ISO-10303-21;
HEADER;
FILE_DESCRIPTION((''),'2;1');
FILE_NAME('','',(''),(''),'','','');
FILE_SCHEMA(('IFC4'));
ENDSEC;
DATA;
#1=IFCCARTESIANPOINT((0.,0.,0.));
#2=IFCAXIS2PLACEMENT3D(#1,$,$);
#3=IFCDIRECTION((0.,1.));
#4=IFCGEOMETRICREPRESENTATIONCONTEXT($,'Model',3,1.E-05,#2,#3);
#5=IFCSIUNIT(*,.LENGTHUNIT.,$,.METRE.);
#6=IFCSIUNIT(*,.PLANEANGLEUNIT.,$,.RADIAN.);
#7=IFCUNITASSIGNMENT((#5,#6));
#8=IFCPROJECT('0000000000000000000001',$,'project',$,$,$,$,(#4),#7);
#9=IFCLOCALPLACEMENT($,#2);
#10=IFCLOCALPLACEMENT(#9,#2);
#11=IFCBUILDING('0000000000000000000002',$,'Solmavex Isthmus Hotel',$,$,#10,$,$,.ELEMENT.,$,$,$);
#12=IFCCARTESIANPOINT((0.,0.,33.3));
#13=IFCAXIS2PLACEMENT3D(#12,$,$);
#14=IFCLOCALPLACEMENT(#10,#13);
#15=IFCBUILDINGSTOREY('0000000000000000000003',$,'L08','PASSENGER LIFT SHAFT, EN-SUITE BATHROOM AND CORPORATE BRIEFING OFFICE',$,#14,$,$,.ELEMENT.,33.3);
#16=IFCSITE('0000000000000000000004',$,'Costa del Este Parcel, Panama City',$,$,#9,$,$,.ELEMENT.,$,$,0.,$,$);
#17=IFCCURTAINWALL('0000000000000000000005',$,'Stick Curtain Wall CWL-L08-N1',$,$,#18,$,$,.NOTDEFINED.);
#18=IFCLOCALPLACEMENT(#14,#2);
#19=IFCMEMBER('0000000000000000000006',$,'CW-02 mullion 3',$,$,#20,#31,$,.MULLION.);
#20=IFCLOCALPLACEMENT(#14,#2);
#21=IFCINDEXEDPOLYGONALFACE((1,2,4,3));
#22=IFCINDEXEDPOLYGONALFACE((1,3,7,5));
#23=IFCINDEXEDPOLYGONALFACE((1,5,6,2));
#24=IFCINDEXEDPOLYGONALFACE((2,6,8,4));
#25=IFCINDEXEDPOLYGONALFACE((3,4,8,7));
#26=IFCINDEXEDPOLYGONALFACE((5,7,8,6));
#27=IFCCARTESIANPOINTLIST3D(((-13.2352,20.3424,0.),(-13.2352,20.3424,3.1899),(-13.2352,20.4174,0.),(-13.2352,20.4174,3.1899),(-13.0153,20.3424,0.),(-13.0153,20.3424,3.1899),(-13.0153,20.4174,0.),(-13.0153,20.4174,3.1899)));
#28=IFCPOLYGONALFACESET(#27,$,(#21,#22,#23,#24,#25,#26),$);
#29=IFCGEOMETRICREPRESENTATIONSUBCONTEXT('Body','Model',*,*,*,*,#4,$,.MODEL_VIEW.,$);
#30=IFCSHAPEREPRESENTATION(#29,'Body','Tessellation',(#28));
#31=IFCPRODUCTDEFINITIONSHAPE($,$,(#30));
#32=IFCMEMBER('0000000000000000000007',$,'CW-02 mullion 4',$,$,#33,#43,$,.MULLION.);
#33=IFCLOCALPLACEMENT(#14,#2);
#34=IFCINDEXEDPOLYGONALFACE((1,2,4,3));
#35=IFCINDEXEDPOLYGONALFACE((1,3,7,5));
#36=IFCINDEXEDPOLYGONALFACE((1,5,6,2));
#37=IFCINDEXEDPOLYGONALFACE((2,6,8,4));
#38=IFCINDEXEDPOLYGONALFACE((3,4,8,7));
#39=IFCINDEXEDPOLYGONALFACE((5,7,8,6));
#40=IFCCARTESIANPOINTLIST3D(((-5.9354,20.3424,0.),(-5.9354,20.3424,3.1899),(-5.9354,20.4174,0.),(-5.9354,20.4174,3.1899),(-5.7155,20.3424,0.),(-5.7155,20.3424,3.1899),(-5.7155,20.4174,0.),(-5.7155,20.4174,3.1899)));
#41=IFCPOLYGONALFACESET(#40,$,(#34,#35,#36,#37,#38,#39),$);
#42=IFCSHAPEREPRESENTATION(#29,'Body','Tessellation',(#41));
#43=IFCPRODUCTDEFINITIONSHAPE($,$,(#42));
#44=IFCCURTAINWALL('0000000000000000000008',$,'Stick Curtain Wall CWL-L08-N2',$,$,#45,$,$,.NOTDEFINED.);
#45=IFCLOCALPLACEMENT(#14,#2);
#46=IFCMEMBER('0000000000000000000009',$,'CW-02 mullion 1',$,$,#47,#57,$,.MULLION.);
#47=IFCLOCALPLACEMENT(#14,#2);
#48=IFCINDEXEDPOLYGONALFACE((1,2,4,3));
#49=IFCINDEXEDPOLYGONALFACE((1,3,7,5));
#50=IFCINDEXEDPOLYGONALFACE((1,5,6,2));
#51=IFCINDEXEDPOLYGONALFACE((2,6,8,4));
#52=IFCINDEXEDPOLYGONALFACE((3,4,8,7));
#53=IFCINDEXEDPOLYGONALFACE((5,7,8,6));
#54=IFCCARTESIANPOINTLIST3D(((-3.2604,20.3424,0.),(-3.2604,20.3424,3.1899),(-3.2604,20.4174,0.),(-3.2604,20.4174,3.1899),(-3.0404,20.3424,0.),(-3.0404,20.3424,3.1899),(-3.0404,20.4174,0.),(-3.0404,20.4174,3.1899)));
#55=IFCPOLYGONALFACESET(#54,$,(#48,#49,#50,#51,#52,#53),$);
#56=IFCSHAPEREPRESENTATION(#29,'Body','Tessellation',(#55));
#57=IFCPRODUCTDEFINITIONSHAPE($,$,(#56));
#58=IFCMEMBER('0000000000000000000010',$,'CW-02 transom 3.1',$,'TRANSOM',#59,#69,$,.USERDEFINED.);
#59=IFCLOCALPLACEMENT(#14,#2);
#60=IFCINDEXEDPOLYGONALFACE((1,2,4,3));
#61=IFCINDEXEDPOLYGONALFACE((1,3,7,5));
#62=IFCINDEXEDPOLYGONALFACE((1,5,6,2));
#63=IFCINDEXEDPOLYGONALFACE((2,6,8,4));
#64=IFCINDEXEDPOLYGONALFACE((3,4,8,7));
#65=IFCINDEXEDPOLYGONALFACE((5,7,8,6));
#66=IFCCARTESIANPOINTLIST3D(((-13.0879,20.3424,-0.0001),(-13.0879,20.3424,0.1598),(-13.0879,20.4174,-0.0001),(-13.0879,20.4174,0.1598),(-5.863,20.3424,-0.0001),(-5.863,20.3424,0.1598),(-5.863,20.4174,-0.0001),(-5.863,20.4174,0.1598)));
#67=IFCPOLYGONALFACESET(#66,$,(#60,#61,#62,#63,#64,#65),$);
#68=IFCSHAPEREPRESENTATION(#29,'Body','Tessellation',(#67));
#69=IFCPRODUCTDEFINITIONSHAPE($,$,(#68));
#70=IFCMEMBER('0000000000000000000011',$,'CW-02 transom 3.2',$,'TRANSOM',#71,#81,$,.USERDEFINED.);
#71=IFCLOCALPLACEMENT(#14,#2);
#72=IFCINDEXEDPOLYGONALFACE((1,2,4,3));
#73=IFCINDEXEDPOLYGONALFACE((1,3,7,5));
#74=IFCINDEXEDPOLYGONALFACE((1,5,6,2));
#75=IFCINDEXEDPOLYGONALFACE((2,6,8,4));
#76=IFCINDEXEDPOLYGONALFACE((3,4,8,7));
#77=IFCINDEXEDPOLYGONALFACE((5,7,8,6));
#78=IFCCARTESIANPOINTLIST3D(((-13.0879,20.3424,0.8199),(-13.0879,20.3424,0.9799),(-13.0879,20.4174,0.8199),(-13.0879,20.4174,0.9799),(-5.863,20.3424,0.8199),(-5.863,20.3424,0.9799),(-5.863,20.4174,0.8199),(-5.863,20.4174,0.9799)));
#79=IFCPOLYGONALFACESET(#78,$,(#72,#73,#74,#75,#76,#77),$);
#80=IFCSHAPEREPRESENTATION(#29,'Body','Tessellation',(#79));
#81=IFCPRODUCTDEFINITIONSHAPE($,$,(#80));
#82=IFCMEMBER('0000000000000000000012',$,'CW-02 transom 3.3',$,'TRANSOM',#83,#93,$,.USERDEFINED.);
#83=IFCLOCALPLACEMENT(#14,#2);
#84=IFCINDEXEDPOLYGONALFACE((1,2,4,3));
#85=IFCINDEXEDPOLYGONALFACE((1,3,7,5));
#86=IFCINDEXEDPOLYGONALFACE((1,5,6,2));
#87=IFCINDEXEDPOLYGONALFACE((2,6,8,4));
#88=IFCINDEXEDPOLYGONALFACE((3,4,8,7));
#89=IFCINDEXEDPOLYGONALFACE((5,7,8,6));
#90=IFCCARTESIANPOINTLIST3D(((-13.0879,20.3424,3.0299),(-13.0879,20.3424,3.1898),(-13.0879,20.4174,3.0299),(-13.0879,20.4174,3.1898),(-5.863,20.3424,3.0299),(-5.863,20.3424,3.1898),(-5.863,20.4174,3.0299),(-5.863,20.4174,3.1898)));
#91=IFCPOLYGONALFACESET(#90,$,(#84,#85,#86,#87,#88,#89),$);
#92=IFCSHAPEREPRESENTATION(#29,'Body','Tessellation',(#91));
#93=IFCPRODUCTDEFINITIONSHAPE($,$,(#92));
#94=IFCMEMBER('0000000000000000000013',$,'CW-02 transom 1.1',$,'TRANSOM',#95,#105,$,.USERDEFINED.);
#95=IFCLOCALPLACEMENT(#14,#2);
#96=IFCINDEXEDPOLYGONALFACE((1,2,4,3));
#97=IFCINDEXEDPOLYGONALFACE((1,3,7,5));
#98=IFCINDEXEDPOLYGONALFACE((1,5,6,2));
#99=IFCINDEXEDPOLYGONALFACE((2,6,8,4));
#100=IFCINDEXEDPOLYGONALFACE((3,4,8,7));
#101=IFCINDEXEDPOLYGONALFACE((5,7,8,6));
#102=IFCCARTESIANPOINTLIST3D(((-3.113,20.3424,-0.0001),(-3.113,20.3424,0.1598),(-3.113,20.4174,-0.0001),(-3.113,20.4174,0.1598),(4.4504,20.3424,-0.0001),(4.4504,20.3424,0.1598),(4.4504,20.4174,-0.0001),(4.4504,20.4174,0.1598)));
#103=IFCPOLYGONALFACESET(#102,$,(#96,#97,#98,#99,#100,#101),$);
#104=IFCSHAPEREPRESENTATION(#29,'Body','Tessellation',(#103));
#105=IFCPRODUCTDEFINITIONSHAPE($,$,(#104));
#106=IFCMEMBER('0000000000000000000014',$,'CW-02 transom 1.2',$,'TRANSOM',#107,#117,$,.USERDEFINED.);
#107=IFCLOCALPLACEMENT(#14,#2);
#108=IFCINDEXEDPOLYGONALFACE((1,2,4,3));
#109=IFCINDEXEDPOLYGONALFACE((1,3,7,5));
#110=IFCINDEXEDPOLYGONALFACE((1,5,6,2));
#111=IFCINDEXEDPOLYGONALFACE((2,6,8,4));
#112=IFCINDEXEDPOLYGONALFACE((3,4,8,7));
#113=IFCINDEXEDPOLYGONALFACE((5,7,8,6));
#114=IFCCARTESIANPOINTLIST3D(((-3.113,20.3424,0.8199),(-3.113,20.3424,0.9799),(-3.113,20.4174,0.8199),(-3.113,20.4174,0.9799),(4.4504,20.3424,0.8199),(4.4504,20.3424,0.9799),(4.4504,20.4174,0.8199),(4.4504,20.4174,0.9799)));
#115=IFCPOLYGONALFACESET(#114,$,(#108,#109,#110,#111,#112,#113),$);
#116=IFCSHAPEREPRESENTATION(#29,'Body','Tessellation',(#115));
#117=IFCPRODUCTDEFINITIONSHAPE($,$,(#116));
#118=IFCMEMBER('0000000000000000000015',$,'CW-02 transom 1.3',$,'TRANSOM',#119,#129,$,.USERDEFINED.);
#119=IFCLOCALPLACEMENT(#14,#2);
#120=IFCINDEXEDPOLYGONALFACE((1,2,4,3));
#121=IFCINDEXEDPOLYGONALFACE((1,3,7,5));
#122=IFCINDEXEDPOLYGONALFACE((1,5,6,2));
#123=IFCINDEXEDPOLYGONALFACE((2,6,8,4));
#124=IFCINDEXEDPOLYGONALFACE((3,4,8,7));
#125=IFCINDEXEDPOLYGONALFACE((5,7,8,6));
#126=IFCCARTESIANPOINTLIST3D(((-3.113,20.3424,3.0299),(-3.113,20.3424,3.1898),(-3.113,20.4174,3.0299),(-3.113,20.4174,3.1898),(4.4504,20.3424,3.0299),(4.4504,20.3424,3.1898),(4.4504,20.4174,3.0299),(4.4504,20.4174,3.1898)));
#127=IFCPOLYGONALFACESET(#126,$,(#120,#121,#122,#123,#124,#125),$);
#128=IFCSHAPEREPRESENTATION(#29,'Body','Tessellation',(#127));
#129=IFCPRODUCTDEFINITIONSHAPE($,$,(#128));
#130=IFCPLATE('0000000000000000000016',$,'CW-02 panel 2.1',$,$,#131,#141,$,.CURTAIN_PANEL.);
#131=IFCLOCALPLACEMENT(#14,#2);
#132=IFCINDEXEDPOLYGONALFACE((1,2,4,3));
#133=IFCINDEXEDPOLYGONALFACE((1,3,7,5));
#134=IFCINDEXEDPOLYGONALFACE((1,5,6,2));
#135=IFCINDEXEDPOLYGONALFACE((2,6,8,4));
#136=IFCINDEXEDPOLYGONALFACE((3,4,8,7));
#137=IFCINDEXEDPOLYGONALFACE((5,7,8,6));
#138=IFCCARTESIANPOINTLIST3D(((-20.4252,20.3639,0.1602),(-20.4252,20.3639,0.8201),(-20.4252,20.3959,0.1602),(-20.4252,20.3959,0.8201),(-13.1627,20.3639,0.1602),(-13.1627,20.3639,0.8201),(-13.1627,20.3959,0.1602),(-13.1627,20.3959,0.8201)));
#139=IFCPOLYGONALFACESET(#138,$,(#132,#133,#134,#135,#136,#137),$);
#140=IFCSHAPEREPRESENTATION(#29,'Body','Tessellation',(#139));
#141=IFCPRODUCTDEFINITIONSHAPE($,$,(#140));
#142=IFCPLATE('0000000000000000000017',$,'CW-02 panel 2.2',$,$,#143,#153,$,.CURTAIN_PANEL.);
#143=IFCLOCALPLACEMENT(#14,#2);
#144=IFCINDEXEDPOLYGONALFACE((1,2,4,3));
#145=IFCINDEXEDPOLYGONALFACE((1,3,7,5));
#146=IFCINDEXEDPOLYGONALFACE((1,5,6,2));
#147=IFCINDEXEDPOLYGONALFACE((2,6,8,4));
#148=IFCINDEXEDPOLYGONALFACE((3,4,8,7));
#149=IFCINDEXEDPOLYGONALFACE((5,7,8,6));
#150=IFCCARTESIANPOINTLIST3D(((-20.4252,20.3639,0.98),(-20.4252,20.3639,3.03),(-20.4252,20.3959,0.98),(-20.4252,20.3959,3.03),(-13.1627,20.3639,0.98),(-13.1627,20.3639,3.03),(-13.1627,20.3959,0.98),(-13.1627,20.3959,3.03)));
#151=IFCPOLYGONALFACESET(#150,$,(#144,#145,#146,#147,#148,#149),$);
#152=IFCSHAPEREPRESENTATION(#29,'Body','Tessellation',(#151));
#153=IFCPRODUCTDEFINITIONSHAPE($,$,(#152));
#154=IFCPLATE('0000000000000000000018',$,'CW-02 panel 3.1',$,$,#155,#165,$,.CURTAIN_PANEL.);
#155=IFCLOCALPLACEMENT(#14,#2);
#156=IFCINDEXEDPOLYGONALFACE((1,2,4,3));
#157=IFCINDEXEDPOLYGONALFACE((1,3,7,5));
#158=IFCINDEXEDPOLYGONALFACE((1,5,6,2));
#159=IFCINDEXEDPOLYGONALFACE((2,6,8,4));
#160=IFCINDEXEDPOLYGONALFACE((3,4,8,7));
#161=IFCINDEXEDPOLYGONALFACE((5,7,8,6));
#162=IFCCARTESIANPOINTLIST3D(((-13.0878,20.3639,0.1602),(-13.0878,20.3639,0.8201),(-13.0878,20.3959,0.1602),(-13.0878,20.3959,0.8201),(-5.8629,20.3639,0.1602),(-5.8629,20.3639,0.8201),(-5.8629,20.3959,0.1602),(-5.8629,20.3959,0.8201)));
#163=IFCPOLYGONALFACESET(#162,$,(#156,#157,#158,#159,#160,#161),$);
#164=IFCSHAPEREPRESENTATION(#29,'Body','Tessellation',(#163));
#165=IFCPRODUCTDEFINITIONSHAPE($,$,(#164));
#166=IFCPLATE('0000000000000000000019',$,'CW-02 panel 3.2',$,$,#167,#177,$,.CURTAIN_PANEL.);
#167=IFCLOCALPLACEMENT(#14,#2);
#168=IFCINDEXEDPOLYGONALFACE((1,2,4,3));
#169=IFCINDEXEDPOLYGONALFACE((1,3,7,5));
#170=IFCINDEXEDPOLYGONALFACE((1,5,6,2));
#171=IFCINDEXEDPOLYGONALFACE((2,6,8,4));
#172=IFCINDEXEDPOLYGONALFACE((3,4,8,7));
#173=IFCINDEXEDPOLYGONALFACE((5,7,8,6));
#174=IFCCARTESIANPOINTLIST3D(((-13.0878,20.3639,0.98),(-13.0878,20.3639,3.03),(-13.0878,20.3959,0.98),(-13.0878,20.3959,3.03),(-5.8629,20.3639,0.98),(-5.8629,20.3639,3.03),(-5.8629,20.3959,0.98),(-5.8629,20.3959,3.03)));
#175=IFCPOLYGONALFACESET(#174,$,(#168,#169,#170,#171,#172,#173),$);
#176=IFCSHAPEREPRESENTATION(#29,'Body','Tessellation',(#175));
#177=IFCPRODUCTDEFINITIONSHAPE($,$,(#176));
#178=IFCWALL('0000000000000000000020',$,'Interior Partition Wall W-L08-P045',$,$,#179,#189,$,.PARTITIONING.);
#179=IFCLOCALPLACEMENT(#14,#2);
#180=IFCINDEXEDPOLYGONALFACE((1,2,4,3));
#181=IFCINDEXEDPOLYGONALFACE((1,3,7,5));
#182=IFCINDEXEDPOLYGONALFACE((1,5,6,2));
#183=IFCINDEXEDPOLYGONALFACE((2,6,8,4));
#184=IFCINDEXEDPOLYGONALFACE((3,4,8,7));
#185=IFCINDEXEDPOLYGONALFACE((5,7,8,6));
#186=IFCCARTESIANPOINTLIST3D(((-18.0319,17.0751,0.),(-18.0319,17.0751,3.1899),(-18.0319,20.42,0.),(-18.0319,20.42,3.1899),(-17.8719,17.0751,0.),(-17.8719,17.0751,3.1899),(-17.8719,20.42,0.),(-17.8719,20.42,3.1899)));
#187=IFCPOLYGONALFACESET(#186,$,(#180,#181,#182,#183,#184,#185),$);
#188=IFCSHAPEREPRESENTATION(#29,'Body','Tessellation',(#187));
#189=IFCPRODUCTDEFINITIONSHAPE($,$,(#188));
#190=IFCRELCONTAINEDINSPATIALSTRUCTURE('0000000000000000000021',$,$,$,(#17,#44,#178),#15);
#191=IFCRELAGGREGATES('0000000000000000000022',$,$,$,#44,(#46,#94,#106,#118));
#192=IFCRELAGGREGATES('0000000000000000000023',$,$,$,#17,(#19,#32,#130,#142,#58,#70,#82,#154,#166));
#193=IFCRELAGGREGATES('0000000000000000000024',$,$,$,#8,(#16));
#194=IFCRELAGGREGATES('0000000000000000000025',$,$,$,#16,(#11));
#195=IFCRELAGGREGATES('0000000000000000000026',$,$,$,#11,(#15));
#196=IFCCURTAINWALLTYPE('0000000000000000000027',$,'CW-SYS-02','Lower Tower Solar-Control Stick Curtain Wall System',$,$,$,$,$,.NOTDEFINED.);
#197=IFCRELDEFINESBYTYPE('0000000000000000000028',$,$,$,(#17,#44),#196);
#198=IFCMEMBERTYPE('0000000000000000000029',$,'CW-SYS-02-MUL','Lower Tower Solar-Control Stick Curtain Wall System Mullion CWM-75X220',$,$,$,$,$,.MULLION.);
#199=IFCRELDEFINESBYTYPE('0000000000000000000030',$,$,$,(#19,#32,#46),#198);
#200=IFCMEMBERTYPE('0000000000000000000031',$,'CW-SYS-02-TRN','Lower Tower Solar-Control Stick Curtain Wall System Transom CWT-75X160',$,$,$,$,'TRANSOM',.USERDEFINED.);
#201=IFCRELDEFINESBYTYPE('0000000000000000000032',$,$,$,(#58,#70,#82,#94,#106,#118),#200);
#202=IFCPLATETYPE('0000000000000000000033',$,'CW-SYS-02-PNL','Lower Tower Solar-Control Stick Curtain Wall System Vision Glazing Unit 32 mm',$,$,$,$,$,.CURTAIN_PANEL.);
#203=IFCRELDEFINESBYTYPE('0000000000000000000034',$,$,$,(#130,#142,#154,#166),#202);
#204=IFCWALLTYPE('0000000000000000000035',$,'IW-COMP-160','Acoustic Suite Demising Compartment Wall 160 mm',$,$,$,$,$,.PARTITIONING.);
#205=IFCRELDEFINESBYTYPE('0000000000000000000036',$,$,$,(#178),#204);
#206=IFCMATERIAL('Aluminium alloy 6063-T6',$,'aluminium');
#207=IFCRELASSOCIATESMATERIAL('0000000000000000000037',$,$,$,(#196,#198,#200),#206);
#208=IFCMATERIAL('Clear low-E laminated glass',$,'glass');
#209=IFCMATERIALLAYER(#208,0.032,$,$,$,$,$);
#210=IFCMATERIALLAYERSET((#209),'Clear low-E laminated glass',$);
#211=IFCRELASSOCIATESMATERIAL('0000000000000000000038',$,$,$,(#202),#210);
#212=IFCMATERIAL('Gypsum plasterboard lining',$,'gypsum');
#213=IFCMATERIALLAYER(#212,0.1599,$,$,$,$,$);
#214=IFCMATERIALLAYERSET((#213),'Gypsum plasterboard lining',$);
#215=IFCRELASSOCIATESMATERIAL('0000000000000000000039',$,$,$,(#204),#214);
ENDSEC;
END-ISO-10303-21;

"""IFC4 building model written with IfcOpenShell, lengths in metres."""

from ifc_helpers import new_model, si_unit, direction, frame, frame_2d, origin, origin_2d, place, context, subcontext, project, spatial, rectangle, extrude, material, layer, layer_set, material_profile, profile_set, type_object, element, aggregate, save


model = new_model("IFC4")

# Units and contexts
model_context = context("Model", 3, precision=1e-05, world=origin(), true_north=direction((0.0, 1.0)))
body_context = subcontext(model_context, "Body", "Model", "MODEL_VIEW")
ifc_project = project(units=[si_unit("LENGTHUNIT", "METRE"), si_unit("PLANEANGLEUNIT", "RADIAN")], contexts=[model_context])

# Site, building, storey
site_placement = place(None, origin())
site = spatial("IfcSite", under=ifc_project, at=site_placement, Name="Costa del Este Parcel, Panama City", CompositionType="ELEMENT", RefElevation=0.0)
building_placement = place(site_placement, origin())
building = spatial("IfcBuilding", under=site, at=building_placement, Name="Solmavex Isthmus Hotel", CompositionType="ELEMENT")
storey_placement = place(building_placement, frame((0.0, 0.0, 33.3)))
storey = spatial("IfcBuildingStorey", under=building, at=storey_placement, Name="L08", Description="PASSENGER LIFT SHAFT, EN-SUITE BATHROOM AND CORPORATE BRIEFING OFFICE", CompositionType="ELEMENT", Elevation=33.3)

# Curtain wall, members
ifc_material_1 = material(Name="Aluminium alloy 6063-T6", Category="aluminium")
curtain_wall_type = type_object("IfcCurtainWallType", Name="CW-SYS-02", Description="Lower Tower Solar-Control Stick Curtain Wall System", PredefinedType="NOTDEFINED", material=ifc_material_1)
curtain_wall_1_placement = place(storey_placement, origin())
curtain_wall_1 = element("IfcCurtainWall", 1, at=curtain_wall_1_placement, inside=storey, type_object=curtain_wall_type, Name="Stick Curtain Wall CWL-L08-N1", PredefinedType="NOTDEFINED")
ifc_material_profile_1 = material_profile(ifc_material_1, rectangle(XDim=0.075, YDim=0.22, at=origin_2d()), Name="CWM-75X220")
ifc_profile_set_1 = profile_set([ifc_material_profile_1], Name="Aluminium alloy 6063-T6")
member_type_1 = type_object("IfcMemberType", Name="CW-SYS-02-MUL", Description="Lower Tower Solar-Control Stick Curtain Wall System Mullion CWM-75X220", PredefinedType="MULLION", material=ifc_profile_set_1)
member_1_placement = place(storey_placement, frame((-13.1252, 20.3799, 0.0), z_axis=(0.0, 0.0, 1.0), x_axis=(0.0, 1.0, 0.0)))
member_1 = element("IfcMember", 2, at=member_1_placement, type_object=member_type_1, Name="CW-02 mullion 3", PredefinedType="MULLION", context=body_context, shape_type="SweptSolid", body=[
    extrude(rectangle(XDim=0.075, YDim=0.22, at=origin_2d()), origin(), (0.0, 0.0, 1.0), 3.1899),
])
member_2_placement = place(storey_placement, frame((-5.8254, 20.3799, 0.0), z_axis=(0.0, 0.0, 1.0), x_axis=(0.0, 1.0, 0.0)))
member_2 = element("IfcMember", 3, at=member_2_placement, type_object=member_type_1, Name="CW-02 mullion 4", PredefinedType="MULLION", context=body_context, shape_type="SweptSolid", body=[
    extrude(rectangle(XDim=0.075, YDim=0.22, at=origin_2d()), origin(), (0.0, 0.0, 1.0), 3.1899),
])

# Curtain wall, member
curtain_wall_2_placement = place(storey_placement, origin())
curtain_wall_2 = element("IfcCurtainWall", 4, at=curtain_wall_2_placement, inside=storey, type_object=curtain_wall_type, Name="Stick Curtain Wall CWL-L08-N2", PredefinedType="NOTDEFINED")
member_3_placement = place(storey_placement, frame((-3.1504, 20.3799, 0.0), z_axis=(0.0, 0.0, 1.0), x_axis=(0.0, 1.0, 0.0)))
member_3 = element("IfcMember", 5, at=member_3_placement, type_object=member_type_1, Name="CW-02 mullion 1", PredefinedType="MULLION", context=body_context, shape_type="SweptSolid", body=[
    extrude(rectangle(XDim=0.075, YDim=0.22, at=origin_2d()), origin(), (0.0, 0.0, 1.0), 3.1899),
])

# Members
ifc_material_profile_2 = material_profile(ifc_material_1, rectangle(XDim=0.075, YDim=0.1599, at=origin_2d()), Name="CWT-75X160")
ifc_profile_set_2 = profile_set([ifc_material_profile_2], Name="Aluminium alloy 6063-T6")
member_type_2 = type_object("IfcMemberType", Name="CW-SYS-02-TRN", Description="Lower Tower Solar-Control Stick Curtain Wall System Transom CWT-75X160", ElementType="TRANSOM", PredefinedType="USERDEFINED", material=ifc_profile_set_2)
member_4_placement = place(storey_placement, frame((-13.0879, 20.3799, 0.0798), z_axis=(1.0, 0.0, 0.0), x_axis=(0.0, 1.0, 0.0)))
member_4 = element("IfcMember", 6, at=member_4_placement, type_object=member_type_2, Name="CW-02 transom 3.1", ObjectType="TRANSOM", PredefinedType="USERDEFINED", context=body_context, shape_type="SweptSolid", body=[
    extrude(rectangle(XDim=0.075, YDim=0.1599, at=origin_2d()), origin(), (0.0, 0.0, 1.0), 7.2249),
])
member_5_placement = place(storey_placement, frame((-13.0879, 20.3799, 0.8999), z_axis=(1.0, 0.0, 0.0), x_axis=(0.0, 1.0, 0.0)))
member_5 = element("IfcMember", 7, at=member_5_placement, type_object=member_type_2, Name="CW-02 transom 3.2", ObjectType="TRANSOM", PredefinedType="USERDEFINED", context=body_context, shape_type="SweptSolid", body=[
    extrude(rectangle(XDim=0.075, YDim=0.1599, at=origin_2d()), origin(), (0.0, 0.0, 1.0), 7.2249),
])
member_6_placement = place(storey_placement, frame((-13.0879, 20.3799, 3.1099), z_axis=(1.0, 0.0, 0.0), x_axis=(0.0, 1.0, 0.0)))
member_6 = element("IfcMember", 8, at=member_6_placement, type_object=member_type_2, Name="CW-02 transom 3.3", ObjectType="TRANSOM", PredefinedType="USERDEFINED", context=body_context, shape_type="SweptSolid", body=[
    extrude(rectangle(XDim=0.075, YDim=0.1599, at=origin_2d()), origin(), (0.0, 0.0, 1.0), 7.2249),
])
member_7_placement = place(storey_placement, frame((-3.113, 20.3799, 0.0798), z_axis=(1.0, 0.0, 0.0), x_axis=(0.0, 1.0, 0.0)))
member_7 = element("IfcMember", 9, at=member_7_placement, type_object=member_type_2, Name="CW-02 transom 1.1", ObjectType="TRANSOM", PredefinedType="USERDEFINED", context=body_context, shape_type="SweptSolid", body=[
    extrude(rectangle(XDim=0.075, YDim=0.1599, at=origin_2d()), origin(), (0.0, 0.0, 1.0), 7.5635),
])
member_8_placement = place(storey_placement, frame((-3.113, 20.3799, 0.8999), z_axis=(1.0, 0.0, 0.0), x_axis=(0.0, 1.0, 0.0)))
member_8 = element("IfcMember", 10, at=member_8_placement, type_object=member_type_2, Name="CW-02 transom 1.2", ObjectType="TRANSOM", PredefinedType="USERDEFINED", context=body_context, shape_type="SweptSolid", body=[
    extrude(rectangle(XDim=0.075, YDim=0.1599, at=origin_2d()), origin(), (0.0, 0.0, 1.0), 7.5635),
])
member_9_placement = place(storey_placement, frame((-3.113, 20.3799, 3.1099), z_axis=(1.0, 0.0, 0.0), x_axis=(0.0, 1.0, 0.0)))
member_9 = element("IfcMember", 11, at=member_9_placement, type_object=member_type_2, Name="CW-02 transom 1.3", ObjectType="TRANSOM", PredefinedType="USERDEFINED", context=body_context, shape_type="SweptSolid", body=[
    extrude(rectangle(XDim=0.075, YDim=0.1599, at=origin_2d()), origin(), (0.0, 0.0, 1.0), 7.5635),
])
aggregate(curtain_wall_2, [member_3, member_7, member_8, member_9])

# Plates
ifc_material_2 = material(Name="Clear low-E laminated glass", Category="glass")
ifc_layer_1 = layer(ifc_material_2, 0.032)
ifc_layer_set_1 = layer_set([ifc_layer_1], Name="Clear low-E laminated glass")
plate_type = type_object("IfcPlateType", Name="CW-SYS-02-PNL", Description="Lower Tower Solar-Control Stick Curtain Wall System Vision Glazing Unit 32 mm", PredefinedType="CURTAIN_PANEL", material=ifc_layer_set_1)
plate_1_placement = place(storey_placement, frame((-16.7939, 20.3799, 0.1602), z_axis=(0.0, 0.0, 1.0), x_axis=(1.0, 0.0, 0.0)))
plate_1 = element("IfcPlate", 12, at=plate_1_placement, type_object=plate_type, Name="CW-02 panel 2.1", PredefinedType="CURTAIN_PANEL", context=body_context, shape_type="SweptSolid", body=[
    extrude(rectangle(XDim=7.2625, YDim=0.032, at=origin_2d()), origin(), (0.0, 0.0, 1.0), 0.6599),
])
plate_2_placement = place(storey_placement, frame((-16.7939, 20.3799, 0.98), z_axis=(0.0, 0.0, 1.0), x_axis=(1.0, 0.0, 0.0)))
plate_2 = element("IfcPlate", 13, at=plate_2_placement, type_object=plate_type, Name="CW-02 panel 2.2", PredefinedType="CURTAIN_PANEL", context=body_context, shape_type="SweptSolid", body=[
    extrude(rectangle(XDim=7.2625, YDim=0.032, at=origin_2d()), origin(), (0.0, 0.0, 1.0), 2.05),
])
plate_3_placement = place(storey_placement, frame((-9.4753, 20.3799, 0.1602), z_axis=(0.0, 0.0, 1.0), x_axis=(1.0, 0.0, 0.0)))
plate_3 = element("IfcPlate", 14, at=plate_3_placement, type_object=plate_type, Name="CW-02 panel 3.1", PredefinedType="CURTAIN_PANEL", context=body_context, shape_type="SweptSolid", body=[
    extrude(rectangle(XDim=7.2249, YDim=0.032, at=origin_2d()), origin(), (0.0, 0.0, 1.0), 0.6599),
])
plate_4_placement = place(storey_placement, frame((-9.4753, 20.3799, 0.98), z_axis=(0.0, 0.0, 1.0), x_axis=(1.0, 0.0, 0.0)))
plate_4 = element("IfcPlate", 15, at=plate_4_placement, type_object=plate_type, Name="CW-02 panel 3.2", PredefinedType="CURTAIN_PANEL", context=body_context, shape_type="SweptSolid", body=[
    extrude(rectangle(XDim=7.2249, YDim=0.032, at=origin_2d()), origin(), (0.0, 0.0, 1.0), 2.05),
])
aggregate(curtain_wall_1, [member_1, member_2, plate_1, plate_2, member_4, member_5, member_6, plate_3, plate_4])

# Wall
ifc_material_3 = material(Name="Gypsum plasterboard lining", Category="gypsum")
ifc_layer_2 = layer(ifc_material_3, 0.1599)
ifc_layer_set_2 = layer_set([ifc_layer_2], Name="Gypsum plasterboard lining")
wall_type_1 = type_object("IfcWallType", Name="IW-COMP-160", Description="Acoustic Suite Demising Compartment Wall 160 mm", PredefinedType="PARTITIONING", material=ifc_layer_set_2)
for number, where, z_axis, x_axis, name in (
    (16, (-17.9519, 20.4199, 0.0), (0.0, 0.0, 1.0), (0.0, -1.0, 0.0), "Interior Partition Wall W-L08-P045"),
):
    element("IfcWall", number, at=place(storey_placement, frame(where, z_axis=z_axis, x_axis=x_axis)), inside=storey, type_object=wall_type_1, Name=name, PredefinedType="PARTITIONING", context=body_context, shape_type="SweptSolid", body=[
        extrude(rectangle(XDim=3.345, YDim=0.1599, at=frame_2d((1.6724, 0.0))), origin(), (0.0, 0.0, 1.0), 3.1899),
    ])

save(model, "model.ifc")
